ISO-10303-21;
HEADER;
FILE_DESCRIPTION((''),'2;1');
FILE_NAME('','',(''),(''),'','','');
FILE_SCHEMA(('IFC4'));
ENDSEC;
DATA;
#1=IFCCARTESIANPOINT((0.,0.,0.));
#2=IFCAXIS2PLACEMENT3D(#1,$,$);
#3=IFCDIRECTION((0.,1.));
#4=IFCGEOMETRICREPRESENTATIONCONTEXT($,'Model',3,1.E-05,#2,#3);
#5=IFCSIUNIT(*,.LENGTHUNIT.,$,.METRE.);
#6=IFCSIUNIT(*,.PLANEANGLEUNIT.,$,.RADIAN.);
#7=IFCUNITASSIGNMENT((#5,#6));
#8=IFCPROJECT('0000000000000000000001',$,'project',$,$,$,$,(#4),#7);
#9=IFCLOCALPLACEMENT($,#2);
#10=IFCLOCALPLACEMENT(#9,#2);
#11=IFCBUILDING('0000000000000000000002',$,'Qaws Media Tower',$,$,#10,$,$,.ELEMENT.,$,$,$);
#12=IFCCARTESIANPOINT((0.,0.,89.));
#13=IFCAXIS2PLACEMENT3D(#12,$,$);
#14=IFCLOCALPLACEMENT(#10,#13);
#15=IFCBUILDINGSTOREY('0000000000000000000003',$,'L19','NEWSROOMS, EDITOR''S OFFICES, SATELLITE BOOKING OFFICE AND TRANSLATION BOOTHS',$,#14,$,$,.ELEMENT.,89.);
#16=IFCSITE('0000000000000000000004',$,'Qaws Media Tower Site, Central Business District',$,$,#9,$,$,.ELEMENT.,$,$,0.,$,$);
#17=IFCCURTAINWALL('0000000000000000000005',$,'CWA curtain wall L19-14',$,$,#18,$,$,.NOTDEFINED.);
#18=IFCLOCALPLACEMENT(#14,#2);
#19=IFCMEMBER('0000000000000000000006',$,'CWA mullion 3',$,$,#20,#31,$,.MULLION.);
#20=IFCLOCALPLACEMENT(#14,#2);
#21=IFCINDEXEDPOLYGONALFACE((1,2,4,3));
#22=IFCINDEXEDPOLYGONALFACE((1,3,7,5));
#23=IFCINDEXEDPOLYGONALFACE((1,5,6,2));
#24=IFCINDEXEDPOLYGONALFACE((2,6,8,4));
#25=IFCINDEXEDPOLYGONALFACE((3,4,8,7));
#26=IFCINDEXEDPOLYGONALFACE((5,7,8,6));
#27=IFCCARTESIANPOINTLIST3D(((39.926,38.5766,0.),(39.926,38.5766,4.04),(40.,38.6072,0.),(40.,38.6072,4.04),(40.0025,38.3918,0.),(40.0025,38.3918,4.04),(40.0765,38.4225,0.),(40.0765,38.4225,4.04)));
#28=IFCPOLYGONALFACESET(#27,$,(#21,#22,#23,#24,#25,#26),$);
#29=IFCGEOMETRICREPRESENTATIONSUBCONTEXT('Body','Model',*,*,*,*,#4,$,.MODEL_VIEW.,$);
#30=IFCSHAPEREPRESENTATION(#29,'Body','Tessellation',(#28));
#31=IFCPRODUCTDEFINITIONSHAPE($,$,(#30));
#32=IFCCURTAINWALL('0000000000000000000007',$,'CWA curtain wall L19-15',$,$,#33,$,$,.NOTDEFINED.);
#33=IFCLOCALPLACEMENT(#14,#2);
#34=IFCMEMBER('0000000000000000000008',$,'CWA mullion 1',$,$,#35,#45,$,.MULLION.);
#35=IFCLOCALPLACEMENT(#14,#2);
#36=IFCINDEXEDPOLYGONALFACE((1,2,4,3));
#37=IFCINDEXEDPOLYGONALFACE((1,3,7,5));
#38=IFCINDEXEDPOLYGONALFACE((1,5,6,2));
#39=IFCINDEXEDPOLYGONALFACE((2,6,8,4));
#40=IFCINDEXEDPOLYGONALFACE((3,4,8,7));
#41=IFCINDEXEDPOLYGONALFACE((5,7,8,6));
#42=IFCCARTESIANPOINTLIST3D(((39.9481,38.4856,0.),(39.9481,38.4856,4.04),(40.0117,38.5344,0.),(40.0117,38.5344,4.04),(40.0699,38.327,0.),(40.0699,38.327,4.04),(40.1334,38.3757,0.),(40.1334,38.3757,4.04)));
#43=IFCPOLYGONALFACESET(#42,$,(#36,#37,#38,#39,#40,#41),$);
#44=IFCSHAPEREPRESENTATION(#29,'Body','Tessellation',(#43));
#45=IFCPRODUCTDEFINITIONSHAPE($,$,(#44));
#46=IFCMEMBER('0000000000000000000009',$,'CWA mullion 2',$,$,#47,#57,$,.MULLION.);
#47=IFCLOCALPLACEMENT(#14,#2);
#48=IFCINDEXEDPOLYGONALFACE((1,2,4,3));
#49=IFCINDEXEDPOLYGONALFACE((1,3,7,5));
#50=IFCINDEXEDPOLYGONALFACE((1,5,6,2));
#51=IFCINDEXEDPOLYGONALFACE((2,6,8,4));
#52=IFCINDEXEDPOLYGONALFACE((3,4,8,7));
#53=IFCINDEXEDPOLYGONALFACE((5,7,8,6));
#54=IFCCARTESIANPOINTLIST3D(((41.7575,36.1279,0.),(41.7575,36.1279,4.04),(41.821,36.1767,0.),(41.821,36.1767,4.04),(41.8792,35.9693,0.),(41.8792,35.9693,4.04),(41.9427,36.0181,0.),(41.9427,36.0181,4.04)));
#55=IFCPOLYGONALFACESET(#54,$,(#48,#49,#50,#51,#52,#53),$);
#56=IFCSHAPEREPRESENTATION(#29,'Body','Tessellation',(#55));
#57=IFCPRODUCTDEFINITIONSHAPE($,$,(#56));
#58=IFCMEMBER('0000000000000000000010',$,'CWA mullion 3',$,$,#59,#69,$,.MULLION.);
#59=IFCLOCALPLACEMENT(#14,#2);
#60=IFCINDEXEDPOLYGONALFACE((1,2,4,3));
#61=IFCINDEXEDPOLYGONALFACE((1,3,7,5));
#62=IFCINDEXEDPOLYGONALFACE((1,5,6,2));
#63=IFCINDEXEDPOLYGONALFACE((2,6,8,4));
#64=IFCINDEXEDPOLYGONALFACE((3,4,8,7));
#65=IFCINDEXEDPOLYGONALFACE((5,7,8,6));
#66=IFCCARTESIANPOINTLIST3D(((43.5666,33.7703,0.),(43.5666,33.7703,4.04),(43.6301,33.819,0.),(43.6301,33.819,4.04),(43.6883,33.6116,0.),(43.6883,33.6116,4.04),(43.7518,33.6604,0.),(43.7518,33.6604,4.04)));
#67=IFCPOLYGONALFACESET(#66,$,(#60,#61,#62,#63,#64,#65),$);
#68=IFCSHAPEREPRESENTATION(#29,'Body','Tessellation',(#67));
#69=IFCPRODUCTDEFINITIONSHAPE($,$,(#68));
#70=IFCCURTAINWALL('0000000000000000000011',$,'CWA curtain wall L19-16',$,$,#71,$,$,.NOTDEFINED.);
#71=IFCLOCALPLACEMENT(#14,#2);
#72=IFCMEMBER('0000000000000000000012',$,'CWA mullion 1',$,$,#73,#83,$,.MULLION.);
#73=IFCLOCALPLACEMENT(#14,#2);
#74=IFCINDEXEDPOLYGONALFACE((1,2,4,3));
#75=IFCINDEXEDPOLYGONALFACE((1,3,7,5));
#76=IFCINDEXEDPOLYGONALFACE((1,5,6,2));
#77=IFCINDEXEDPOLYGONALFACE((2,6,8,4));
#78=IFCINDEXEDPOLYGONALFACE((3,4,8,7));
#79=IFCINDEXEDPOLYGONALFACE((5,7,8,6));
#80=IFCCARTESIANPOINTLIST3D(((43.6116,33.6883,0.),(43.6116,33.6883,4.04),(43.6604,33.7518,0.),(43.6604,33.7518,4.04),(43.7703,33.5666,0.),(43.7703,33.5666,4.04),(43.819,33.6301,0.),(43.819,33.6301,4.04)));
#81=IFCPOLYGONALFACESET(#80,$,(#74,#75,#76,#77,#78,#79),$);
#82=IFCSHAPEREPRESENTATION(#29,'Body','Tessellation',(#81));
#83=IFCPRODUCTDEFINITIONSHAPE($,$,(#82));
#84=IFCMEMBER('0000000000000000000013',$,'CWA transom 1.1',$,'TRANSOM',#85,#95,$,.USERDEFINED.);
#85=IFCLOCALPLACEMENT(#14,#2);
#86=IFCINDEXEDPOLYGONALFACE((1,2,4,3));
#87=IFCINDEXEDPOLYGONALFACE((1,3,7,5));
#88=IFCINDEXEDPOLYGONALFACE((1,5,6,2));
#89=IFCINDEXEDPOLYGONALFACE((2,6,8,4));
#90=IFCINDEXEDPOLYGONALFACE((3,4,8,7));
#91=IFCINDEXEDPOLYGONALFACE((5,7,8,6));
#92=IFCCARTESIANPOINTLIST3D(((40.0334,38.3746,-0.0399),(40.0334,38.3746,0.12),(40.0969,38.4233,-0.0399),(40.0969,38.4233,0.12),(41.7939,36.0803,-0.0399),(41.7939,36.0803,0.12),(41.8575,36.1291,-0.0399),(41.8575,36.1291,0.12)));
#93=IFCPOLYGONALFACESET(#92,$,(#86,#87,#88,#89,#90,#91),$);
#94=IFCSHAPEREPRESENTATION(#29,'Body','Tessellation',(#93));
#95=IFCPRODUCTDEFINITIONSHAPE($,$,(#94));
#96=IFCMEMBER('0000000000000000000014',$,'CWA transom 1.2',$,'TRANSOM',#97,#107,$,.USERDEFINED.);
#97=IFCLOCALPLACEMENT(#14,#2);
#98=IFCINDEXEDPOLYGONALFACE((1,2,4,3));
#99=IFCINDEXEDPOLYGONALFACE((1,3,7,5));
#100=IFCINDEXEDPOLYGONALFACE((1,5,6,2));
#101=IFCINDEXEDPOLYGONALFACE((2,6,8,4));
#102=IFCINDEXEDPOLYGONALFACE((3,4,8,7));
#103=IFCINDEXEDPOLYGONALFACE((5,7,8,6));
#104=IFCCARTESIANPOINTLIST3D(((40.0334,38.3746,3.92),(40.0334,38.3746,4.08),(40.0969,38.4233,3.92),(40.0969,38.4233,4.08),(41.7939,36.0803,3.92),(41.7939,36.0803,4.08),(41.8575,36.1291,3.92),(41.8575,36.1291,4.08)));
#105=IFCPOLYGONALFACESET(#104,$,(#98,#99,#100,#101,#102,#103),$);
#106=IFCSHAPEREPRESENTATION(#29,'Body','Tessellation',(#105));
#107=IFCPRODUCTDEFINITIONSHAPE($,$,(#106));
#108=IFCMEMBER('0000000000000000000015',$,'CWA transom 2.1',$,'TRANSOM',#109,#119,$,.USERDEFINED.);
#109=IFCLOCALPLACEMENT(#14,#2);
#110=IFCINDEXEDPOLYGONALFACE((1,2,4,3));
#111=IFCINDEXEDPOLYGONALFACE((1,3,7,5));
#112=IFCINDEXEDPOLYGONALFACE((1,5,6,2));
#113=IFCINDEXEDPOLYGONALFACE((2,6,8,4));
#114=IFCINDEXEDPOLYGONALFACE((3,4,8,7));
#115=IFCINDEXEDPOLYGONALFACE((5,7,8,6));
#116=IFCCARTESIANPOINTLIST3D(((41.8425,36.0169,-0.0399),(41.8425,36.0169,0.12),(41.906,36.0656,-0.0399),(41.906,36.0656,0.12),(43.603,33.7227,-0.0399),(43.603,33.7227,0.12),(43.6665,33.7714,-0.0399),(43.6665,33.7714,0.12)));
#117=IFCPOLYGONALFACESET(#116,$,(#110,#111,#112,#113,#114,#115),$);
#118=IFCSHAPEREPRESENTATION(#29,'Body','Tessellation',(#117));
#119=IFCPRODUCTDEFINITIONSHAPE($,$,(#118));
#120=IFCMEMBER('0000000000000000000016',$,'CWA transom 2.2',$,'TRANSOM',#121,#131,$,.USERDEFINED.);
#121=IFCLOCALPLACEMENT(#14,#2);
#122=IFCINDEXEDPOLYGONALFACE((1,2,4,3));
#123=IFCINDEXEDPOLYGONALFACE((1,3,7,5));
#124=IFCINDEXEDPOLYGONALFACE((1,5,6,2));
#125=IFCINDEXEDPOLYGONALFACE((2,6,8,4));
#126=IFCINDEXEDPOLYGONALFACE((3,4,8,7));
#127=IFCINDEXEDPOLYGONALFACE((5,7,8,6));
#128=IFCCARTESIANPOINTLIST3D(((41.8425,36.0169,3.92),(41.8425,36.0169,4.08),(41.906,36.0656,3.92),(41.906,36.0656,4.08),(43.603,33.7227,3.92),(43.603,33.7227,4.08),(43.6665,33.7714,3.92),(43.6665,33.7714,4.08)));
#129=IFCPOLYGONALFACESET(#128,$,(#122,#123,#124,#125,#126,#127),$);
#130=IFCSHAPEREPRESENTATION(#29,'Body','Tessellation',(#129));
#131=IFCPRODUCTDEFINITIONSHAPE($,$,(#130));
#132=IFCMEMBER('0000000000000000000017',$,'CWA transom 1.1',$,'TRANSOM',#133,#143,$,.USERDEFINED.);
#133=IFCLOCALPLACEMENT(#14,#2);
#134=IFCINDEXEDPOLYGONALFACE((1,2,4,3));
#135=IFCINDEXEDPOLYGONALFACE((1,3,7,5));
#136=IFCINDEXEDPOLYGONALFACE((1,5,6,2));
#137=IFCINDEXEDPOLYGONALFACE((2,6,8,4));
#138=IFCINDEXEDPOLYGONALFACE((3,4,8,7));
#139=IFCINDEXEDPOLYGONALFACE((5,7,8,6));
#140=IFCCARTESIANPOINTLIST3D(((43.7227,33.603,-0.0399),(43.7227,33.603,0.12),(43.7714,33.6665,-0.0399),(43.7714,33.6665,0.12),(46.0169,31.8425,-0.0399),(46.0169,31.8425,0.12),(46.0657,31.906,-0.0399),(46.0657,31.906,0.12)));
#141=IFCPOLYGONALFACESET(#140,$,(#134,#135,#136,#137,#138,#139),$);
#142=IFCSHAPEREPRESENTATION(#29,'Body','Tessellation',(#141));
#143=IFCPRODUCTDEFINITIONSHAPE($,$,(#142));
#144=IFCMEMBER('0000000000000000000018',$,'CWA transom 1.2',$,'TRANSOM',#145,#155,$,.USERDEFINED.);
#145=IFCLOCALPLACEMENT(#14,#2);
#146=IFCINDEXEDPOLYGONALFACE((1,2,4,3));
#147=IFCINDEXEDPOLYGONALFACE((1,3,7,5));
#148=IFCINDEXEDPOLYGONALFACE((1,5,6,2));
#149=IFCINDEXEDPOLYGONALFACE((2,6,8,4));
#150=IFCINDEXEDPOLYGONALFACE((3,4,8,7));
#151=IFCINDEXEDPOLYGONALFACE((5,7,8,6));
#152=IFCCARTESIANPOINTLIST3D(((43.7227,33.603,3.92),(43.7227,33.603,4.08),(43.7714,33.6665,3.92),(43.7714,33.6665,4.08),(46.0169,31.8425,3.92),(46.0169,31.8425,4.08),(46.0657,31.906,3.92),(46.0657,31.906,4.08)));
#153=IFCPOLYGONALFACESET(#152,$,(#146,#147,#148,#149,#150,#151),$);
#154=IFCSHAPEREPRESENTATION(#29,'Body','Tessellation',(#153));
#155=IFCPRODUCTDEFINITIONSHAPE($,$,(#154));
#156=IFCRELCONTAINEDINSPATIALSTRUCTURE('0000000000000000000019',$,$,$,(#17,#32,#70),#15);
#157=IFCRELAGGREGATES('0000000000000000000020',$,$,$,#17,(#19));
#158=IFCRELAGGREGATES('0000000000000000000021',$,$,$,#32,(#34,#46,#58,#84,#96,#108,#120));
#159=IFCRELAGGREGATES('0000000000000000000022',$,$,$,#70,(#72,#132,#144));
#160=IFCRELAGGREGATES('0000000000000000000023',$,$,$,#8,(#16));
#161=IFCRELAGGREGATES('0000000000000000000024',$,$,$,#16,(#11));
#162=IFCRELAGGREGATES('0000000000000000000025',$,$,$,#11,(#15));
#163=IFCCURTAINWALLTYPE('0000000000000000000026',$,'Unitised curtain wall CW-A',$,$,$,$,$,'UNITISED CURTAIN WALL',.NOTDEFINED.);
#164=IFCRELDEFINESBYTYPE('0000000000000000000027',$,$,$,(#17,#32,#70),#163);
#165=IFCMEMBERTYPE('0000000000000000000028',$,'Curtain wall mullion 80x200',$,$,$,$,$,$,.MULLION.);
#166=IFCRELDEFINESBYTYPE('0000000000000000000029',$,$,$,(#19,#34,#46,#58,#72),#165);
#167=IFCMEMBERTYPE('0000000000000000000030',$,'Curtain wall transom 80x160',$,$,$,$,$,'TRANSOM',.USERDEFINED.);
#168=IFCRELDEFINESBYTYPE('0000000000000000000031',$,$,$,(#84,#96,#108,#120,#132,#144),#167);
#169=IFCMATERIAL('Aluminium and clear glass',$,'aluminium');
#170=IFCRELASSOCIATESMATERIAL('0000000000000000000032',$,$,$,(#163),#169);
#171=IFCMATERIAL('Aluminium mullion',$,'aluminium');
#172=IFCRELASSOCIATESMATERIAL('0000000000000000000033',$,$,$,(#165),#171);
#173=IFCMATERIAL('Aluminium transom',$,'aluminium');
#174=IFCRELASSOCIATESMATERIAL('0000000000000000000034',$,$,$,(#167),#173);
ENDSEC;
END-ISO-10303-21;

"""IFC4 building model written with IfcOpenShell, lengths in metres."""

from ifc_helpers import new_model, si_unit, direction, frame, origin, origin_2d, place, context, subcontext, project, spatial, rectangle, extrude, material, material_profile, profile_set, type_object, element, aggregate, save


model = new_model("IFC4")

# Units and contexts
model_context = context("Model", 3, precision=1e-05, world=origin(), true_north=direction((0.0, 1.0)))
body_context = subcontext(model_context, "Body", "Model", "MODEL_VIEW")
ifc_project = project(units=[si_unit("LENGTHUNIT", "METRE"), si_unit("PLANEANGLEUNIT", "RADIAN")], contexts=[model_context])

# Site, building, storey
site_placement = place(None, origin())
site = spatial("IfcSite", under=ifc_project, at=site_placement, Name="Qaws Media Tower Site, Central Business District", CompositionType="ELEMENT", RefElevation=0.0)
building_placement = place(site_placement, origin())
building = spatial("IfcBuilding", under=site, at=building_placement, Name="Qaws Media Tower", CompositionType="ELEMENT")
storey_placement = place(building_placement, frame((0.0, 0.0, 89.0)))
storey = spatial("IfcBuildingStorey", under=building, at=storey_placement, Name="L19", Description="NEWSROOMS, EDITOR'S OFFICES, SATELLITE BOOKING OFFICE AND TRANSLATION BOOTHS", CompositionType="ELEMENT", Elevation=89.0)

# Curtain wall, member
ifc_material_1 = material(Name="Aluminium and clear glass", Category="aluminium")
curtain_wall_type = type_object("IfcCurtainWallType", Name="Unitised curtain wall CW-A", ElementType="UNITISED CURTAIN WALL", PredefinedType="NOTDEFINED", material=ifc_material_1)
curtain_wall_1_placement = place(storey_placement, origin())
curtain_wall_1 = element("IfcCurtainWall", 1, at=curtain_wall_1_placement, inside=storey, type_object=curtain_wall_type, Name="CWA curtain wall L19-14", PredefinedType="NOTDEFINED")
ifc_material_2 = material(Name="Aluminium mullion", Category="aluminium")
ifc_material_profile_1 = material_profile(ifc_material_2, rectangle(XDim=0.0801, YDim=0.2, at=origin_2d()), Name="80x200")
ifc_profile_set_1 = profile_set([ifc_material_profile_1], Name="Aluminium mullion")
member_type_1 = type_object("IfcMemberType", Name="Curtain wall mullion 80x200", PredefinedType="MULLION", material=ifc_profile_set_1)
member_1_placement = place(storey_placement, frame((40.0012, 38.4995, 0.0), z_axis=(0.0, 0.0, 1.0), x_axis=(0.92388, 0.382683, 0.0)))
member_1 = element("IfcMember", 2, at=member_1_placement, type_object=member_type_1, Name="CWA mullion 3", PredefinedType="MULLION", context=body_context, shape_type="SweptSolid", body=[
    extrude(rectangle(XDim=0.0801, YDim=0.2, at=origin_2d()), origin(), (0.0, 0.0, 1.0), 4.04),
])
aggregate(curtain_wall_1, [member_1])

# Curtain wall, members
curtain_wall_2_placement = place(storey_placement, origin())
curtain_wall_2 = element("IfcCurtainWall", 3, at=curtain_wall_2_placement, inside=storey, type_object=curtain_wall_type, Name="CWA curtain wall L19-15", PredefinedType="NOTDEFINED")
member_2_placement = place(storey_placement, frame((40.0408, 38.4307, 0.0), z_axis=(0.0, 0.0, 1.0), x_axis=(0.793353, 0.608761, 0.0)))
member_2 = element("IfcMember", 4, at=member_2_placement, type_object=member_type_1, Name="CWA mullion 1", PredefinedType="MULLION", context=body_context, shape_type="SweptSolid", body=[
    extrude(rectangle(XDim=0.0801, YDim=0.2, at=origin_2d()), origin(), (0.0, 0.0, 1.0), 4.04),
])
member_3_placement = place(storey_placement, frame((41.8501, 36.073, 0.0), z_axis=(0.0, 0.0, 1.0), x_axis=(0.793353, 0.608761, 0.0)))
member_3 = element("IfcMember", 5, at=member_3_placement, type_object=member_type_1, Name="CWA mullion 2", PredefinedType="MULLION", context=body_context, shape_type="SweptSolid", body=[
    extrude(rectangle(XDim=0.0801, YDim=0.2, at=origin_2d()), origin(), (0.0, 0.0, 1.0), 4.04),
])
member_4_placement = place(storey_placement, frame((43.6592, 33.7153, 0.0), z_axis=(0.0, 0.0, 1.0), x_axis=(0.793353, 0.608761, 0.0)))
member_4 = element("IfcMember", 6, at=member_4_placement, type_object=member_type_1, Name="CWA mullion 3", PredefinedType="MULLION", context=body_context, shape_type="SweptSolid", body=[
    extrude(rectangle(XDim=0.0801, YDim=0.2, at=origin_2d()), origin(), (0.0, 0.0, 1.0), 4.04),
])

# Curtain wall, member
curtain_wall_3_placement = place(storey_placement, origin())
curtain_wall_3 = element("IfcCurtainWall", 7, at=curtain_wall_3_placement, inside=storey, type_object=curtain_wall_type, Name="CWA curtain wall L19-16", PredefinedType="NOTDEFINED")
member_5_placement = place(storey_placement, frame((43.7153, 33.6592, 0.0), z_axis=(0.0, 0.0, 1.0), x_axis=(0.608761, 0.793353, 0.0)))
member_5 = element("IfcMember", 8, at=member_5_placement, type_object=member_type_1, Name="CWA mullion 1", PredefinedType="MULLION", context=body_context, shape_type="SweptSolid", body=[
    extrude(rectangle(XDim=0.0801, YDim=0.2, at=origin_2d()), origin(), (0.0, 0.0, 1.0), 4.04),
])

# Members
ifc_material_3 = material(Name="Aluminium transom", Category="aluminium")
ifc_material_profile_2 = material_profile(ifc_material_3, rectangle(XDim=0.0801, YDim=0.1599, at=origin_2d()), Name="80x160")
ifc_profile_set_2 = profile_set([ifc_material_profile_2], Name="Aluminium transom")
member_type_2 = type_object("IfcMemberType", Name="Curtain wall transom 80x160", ElementType="TRANSOM", PredefinedType="USERDEFINED", material=ifc_profile_set_2)
member_6_placement = place(storey_placement, frame((40.0652, 38.3989, 0.04), z_axis=(0.608784, -0.793336, 0.0), x_axis=(0.793336, 0.608784, 0.0)))
member_6 = element("IfcMember", 9, at=member_6_placement, type_object=member_type_2, Name="CWA transom 1.1", ObjectType="TRANSOM", PredefinedType="USERDEFINED", context=body_context, shape_type="SweptSolid", body=[
    extrude(rectangle(XDim=0.0801, YDim=0.1599, at=origin_2d()), origin(), (0.0, 0.0, 1.0), 2.8918),
])
member_7_placement = place(storey_placement, frame((40.0652, 38.3989, 4.0), z_axis=(0.608784, -0.793336, 0.0), x_axis=(0.793336, 0.608784, 0.0)))
member_7 = element("IfcMember", 10, at=member_7_placement, type_object=member_type_2, Name="CWA transom 1.2", ObjectType="TRANSOM", PredefinedType="USERDEFINED", context=body_context, shape_type="SweptSolid", body=[
    extrude(rectangle(XDim=0.0801, YDim=0.1599, at=origin_2d()), origin(), (0.0, 0.0, 1.0), 2.8918),
])
member_8_placement = place(storey_placement, frame((41.8743, 36.0413, 0.04), z_axis=(0.608784, -0.793336, 0.0), x_axis=(0.793336, 0.608784, 0.0)))
member_8 = element("IfcMember", 11, at=member_8_placement, type_object=member_type_2, Name="CWA transom 2.1", ObjectType="TRANSOM", PredefinedType="USERDEFINED", context=body_context, shape_type="SweptSolid", body=[
    extrude(rectangle(XDim=0.0801, YDim=0.1599, at=origin_2d()), origin(), (0.0, 0.0, 1.0), 2.8918),
])
member_9_placement = place(storey_placement, frame((41.8743, 36.0413, 4.0), z_axis=(0.608784, -0.793336, 0.0), x_axis=(0.793336, 0.608784, 0.0)))
member_9 = element("IfcMember", 12, at=member_9_placement, type_object=member_type_2, Name="CWA transom 2.2", ObjectType="TRANSOM", PredefinedType="USERDEFINED", context=body_context, shape_type="SweptSolid", body=[
    extrude(rectangle(XDim=0.0801, YDim=0.1599, at=origin_2d()), origin(), (0.0, 0.0, 1.0), 2.8918),
])
member_10_placement = place(storey_placement, frame((43.7471, 33.6348, 0.04), z_axis=(0.793336, -0.608784, 0.0), x_axis=(0.608784, 0.793336, 0.0)))
member_10 = element("IfcMember", 13, at=member_10_placement, type_object=member_type_2, Name="CWA transom 1.1", ObjectType="TRANSOM", PredefinedType="USERDEFINED", context=body_context, shape_type="SweptSolid", body=[
    extrude(rectangle(XDim=0.0801, YDim=0.1599, at=origin_2d()), origin(), (0.0, 0.0, 1.0), 2.8918),
])
member_11_placement = place(storey_placement, frame((43.7471, 33.6348, 4.0), z_axis=(0.793336, -0.608784, 0.0), x_axis=(0.608784, 0.793336, 0.0)))
member_11 = element("IfcMember", 14, at=member_11_placement, type_object=member_type_2, Name="CWA transom 1.2", ObjectType="TRANSOM", PredefinedType="USERDEFINED", context=body_context, shape_type="SweptSolid", body=[
    extrude(rectangle(XDim=0.0801, YDim=0.1599, at=origin_2d()), origin(), (0.0, 0.0, 1.0), 2.8918),
])

aggregate(curtain_wall_2, [member_2, member_3, member_4, member_6, member_7, member_8, member_9])
aggregate(curtain_wall_3, [member_5, member_10, member_11])

save(model, "model.ifc")
